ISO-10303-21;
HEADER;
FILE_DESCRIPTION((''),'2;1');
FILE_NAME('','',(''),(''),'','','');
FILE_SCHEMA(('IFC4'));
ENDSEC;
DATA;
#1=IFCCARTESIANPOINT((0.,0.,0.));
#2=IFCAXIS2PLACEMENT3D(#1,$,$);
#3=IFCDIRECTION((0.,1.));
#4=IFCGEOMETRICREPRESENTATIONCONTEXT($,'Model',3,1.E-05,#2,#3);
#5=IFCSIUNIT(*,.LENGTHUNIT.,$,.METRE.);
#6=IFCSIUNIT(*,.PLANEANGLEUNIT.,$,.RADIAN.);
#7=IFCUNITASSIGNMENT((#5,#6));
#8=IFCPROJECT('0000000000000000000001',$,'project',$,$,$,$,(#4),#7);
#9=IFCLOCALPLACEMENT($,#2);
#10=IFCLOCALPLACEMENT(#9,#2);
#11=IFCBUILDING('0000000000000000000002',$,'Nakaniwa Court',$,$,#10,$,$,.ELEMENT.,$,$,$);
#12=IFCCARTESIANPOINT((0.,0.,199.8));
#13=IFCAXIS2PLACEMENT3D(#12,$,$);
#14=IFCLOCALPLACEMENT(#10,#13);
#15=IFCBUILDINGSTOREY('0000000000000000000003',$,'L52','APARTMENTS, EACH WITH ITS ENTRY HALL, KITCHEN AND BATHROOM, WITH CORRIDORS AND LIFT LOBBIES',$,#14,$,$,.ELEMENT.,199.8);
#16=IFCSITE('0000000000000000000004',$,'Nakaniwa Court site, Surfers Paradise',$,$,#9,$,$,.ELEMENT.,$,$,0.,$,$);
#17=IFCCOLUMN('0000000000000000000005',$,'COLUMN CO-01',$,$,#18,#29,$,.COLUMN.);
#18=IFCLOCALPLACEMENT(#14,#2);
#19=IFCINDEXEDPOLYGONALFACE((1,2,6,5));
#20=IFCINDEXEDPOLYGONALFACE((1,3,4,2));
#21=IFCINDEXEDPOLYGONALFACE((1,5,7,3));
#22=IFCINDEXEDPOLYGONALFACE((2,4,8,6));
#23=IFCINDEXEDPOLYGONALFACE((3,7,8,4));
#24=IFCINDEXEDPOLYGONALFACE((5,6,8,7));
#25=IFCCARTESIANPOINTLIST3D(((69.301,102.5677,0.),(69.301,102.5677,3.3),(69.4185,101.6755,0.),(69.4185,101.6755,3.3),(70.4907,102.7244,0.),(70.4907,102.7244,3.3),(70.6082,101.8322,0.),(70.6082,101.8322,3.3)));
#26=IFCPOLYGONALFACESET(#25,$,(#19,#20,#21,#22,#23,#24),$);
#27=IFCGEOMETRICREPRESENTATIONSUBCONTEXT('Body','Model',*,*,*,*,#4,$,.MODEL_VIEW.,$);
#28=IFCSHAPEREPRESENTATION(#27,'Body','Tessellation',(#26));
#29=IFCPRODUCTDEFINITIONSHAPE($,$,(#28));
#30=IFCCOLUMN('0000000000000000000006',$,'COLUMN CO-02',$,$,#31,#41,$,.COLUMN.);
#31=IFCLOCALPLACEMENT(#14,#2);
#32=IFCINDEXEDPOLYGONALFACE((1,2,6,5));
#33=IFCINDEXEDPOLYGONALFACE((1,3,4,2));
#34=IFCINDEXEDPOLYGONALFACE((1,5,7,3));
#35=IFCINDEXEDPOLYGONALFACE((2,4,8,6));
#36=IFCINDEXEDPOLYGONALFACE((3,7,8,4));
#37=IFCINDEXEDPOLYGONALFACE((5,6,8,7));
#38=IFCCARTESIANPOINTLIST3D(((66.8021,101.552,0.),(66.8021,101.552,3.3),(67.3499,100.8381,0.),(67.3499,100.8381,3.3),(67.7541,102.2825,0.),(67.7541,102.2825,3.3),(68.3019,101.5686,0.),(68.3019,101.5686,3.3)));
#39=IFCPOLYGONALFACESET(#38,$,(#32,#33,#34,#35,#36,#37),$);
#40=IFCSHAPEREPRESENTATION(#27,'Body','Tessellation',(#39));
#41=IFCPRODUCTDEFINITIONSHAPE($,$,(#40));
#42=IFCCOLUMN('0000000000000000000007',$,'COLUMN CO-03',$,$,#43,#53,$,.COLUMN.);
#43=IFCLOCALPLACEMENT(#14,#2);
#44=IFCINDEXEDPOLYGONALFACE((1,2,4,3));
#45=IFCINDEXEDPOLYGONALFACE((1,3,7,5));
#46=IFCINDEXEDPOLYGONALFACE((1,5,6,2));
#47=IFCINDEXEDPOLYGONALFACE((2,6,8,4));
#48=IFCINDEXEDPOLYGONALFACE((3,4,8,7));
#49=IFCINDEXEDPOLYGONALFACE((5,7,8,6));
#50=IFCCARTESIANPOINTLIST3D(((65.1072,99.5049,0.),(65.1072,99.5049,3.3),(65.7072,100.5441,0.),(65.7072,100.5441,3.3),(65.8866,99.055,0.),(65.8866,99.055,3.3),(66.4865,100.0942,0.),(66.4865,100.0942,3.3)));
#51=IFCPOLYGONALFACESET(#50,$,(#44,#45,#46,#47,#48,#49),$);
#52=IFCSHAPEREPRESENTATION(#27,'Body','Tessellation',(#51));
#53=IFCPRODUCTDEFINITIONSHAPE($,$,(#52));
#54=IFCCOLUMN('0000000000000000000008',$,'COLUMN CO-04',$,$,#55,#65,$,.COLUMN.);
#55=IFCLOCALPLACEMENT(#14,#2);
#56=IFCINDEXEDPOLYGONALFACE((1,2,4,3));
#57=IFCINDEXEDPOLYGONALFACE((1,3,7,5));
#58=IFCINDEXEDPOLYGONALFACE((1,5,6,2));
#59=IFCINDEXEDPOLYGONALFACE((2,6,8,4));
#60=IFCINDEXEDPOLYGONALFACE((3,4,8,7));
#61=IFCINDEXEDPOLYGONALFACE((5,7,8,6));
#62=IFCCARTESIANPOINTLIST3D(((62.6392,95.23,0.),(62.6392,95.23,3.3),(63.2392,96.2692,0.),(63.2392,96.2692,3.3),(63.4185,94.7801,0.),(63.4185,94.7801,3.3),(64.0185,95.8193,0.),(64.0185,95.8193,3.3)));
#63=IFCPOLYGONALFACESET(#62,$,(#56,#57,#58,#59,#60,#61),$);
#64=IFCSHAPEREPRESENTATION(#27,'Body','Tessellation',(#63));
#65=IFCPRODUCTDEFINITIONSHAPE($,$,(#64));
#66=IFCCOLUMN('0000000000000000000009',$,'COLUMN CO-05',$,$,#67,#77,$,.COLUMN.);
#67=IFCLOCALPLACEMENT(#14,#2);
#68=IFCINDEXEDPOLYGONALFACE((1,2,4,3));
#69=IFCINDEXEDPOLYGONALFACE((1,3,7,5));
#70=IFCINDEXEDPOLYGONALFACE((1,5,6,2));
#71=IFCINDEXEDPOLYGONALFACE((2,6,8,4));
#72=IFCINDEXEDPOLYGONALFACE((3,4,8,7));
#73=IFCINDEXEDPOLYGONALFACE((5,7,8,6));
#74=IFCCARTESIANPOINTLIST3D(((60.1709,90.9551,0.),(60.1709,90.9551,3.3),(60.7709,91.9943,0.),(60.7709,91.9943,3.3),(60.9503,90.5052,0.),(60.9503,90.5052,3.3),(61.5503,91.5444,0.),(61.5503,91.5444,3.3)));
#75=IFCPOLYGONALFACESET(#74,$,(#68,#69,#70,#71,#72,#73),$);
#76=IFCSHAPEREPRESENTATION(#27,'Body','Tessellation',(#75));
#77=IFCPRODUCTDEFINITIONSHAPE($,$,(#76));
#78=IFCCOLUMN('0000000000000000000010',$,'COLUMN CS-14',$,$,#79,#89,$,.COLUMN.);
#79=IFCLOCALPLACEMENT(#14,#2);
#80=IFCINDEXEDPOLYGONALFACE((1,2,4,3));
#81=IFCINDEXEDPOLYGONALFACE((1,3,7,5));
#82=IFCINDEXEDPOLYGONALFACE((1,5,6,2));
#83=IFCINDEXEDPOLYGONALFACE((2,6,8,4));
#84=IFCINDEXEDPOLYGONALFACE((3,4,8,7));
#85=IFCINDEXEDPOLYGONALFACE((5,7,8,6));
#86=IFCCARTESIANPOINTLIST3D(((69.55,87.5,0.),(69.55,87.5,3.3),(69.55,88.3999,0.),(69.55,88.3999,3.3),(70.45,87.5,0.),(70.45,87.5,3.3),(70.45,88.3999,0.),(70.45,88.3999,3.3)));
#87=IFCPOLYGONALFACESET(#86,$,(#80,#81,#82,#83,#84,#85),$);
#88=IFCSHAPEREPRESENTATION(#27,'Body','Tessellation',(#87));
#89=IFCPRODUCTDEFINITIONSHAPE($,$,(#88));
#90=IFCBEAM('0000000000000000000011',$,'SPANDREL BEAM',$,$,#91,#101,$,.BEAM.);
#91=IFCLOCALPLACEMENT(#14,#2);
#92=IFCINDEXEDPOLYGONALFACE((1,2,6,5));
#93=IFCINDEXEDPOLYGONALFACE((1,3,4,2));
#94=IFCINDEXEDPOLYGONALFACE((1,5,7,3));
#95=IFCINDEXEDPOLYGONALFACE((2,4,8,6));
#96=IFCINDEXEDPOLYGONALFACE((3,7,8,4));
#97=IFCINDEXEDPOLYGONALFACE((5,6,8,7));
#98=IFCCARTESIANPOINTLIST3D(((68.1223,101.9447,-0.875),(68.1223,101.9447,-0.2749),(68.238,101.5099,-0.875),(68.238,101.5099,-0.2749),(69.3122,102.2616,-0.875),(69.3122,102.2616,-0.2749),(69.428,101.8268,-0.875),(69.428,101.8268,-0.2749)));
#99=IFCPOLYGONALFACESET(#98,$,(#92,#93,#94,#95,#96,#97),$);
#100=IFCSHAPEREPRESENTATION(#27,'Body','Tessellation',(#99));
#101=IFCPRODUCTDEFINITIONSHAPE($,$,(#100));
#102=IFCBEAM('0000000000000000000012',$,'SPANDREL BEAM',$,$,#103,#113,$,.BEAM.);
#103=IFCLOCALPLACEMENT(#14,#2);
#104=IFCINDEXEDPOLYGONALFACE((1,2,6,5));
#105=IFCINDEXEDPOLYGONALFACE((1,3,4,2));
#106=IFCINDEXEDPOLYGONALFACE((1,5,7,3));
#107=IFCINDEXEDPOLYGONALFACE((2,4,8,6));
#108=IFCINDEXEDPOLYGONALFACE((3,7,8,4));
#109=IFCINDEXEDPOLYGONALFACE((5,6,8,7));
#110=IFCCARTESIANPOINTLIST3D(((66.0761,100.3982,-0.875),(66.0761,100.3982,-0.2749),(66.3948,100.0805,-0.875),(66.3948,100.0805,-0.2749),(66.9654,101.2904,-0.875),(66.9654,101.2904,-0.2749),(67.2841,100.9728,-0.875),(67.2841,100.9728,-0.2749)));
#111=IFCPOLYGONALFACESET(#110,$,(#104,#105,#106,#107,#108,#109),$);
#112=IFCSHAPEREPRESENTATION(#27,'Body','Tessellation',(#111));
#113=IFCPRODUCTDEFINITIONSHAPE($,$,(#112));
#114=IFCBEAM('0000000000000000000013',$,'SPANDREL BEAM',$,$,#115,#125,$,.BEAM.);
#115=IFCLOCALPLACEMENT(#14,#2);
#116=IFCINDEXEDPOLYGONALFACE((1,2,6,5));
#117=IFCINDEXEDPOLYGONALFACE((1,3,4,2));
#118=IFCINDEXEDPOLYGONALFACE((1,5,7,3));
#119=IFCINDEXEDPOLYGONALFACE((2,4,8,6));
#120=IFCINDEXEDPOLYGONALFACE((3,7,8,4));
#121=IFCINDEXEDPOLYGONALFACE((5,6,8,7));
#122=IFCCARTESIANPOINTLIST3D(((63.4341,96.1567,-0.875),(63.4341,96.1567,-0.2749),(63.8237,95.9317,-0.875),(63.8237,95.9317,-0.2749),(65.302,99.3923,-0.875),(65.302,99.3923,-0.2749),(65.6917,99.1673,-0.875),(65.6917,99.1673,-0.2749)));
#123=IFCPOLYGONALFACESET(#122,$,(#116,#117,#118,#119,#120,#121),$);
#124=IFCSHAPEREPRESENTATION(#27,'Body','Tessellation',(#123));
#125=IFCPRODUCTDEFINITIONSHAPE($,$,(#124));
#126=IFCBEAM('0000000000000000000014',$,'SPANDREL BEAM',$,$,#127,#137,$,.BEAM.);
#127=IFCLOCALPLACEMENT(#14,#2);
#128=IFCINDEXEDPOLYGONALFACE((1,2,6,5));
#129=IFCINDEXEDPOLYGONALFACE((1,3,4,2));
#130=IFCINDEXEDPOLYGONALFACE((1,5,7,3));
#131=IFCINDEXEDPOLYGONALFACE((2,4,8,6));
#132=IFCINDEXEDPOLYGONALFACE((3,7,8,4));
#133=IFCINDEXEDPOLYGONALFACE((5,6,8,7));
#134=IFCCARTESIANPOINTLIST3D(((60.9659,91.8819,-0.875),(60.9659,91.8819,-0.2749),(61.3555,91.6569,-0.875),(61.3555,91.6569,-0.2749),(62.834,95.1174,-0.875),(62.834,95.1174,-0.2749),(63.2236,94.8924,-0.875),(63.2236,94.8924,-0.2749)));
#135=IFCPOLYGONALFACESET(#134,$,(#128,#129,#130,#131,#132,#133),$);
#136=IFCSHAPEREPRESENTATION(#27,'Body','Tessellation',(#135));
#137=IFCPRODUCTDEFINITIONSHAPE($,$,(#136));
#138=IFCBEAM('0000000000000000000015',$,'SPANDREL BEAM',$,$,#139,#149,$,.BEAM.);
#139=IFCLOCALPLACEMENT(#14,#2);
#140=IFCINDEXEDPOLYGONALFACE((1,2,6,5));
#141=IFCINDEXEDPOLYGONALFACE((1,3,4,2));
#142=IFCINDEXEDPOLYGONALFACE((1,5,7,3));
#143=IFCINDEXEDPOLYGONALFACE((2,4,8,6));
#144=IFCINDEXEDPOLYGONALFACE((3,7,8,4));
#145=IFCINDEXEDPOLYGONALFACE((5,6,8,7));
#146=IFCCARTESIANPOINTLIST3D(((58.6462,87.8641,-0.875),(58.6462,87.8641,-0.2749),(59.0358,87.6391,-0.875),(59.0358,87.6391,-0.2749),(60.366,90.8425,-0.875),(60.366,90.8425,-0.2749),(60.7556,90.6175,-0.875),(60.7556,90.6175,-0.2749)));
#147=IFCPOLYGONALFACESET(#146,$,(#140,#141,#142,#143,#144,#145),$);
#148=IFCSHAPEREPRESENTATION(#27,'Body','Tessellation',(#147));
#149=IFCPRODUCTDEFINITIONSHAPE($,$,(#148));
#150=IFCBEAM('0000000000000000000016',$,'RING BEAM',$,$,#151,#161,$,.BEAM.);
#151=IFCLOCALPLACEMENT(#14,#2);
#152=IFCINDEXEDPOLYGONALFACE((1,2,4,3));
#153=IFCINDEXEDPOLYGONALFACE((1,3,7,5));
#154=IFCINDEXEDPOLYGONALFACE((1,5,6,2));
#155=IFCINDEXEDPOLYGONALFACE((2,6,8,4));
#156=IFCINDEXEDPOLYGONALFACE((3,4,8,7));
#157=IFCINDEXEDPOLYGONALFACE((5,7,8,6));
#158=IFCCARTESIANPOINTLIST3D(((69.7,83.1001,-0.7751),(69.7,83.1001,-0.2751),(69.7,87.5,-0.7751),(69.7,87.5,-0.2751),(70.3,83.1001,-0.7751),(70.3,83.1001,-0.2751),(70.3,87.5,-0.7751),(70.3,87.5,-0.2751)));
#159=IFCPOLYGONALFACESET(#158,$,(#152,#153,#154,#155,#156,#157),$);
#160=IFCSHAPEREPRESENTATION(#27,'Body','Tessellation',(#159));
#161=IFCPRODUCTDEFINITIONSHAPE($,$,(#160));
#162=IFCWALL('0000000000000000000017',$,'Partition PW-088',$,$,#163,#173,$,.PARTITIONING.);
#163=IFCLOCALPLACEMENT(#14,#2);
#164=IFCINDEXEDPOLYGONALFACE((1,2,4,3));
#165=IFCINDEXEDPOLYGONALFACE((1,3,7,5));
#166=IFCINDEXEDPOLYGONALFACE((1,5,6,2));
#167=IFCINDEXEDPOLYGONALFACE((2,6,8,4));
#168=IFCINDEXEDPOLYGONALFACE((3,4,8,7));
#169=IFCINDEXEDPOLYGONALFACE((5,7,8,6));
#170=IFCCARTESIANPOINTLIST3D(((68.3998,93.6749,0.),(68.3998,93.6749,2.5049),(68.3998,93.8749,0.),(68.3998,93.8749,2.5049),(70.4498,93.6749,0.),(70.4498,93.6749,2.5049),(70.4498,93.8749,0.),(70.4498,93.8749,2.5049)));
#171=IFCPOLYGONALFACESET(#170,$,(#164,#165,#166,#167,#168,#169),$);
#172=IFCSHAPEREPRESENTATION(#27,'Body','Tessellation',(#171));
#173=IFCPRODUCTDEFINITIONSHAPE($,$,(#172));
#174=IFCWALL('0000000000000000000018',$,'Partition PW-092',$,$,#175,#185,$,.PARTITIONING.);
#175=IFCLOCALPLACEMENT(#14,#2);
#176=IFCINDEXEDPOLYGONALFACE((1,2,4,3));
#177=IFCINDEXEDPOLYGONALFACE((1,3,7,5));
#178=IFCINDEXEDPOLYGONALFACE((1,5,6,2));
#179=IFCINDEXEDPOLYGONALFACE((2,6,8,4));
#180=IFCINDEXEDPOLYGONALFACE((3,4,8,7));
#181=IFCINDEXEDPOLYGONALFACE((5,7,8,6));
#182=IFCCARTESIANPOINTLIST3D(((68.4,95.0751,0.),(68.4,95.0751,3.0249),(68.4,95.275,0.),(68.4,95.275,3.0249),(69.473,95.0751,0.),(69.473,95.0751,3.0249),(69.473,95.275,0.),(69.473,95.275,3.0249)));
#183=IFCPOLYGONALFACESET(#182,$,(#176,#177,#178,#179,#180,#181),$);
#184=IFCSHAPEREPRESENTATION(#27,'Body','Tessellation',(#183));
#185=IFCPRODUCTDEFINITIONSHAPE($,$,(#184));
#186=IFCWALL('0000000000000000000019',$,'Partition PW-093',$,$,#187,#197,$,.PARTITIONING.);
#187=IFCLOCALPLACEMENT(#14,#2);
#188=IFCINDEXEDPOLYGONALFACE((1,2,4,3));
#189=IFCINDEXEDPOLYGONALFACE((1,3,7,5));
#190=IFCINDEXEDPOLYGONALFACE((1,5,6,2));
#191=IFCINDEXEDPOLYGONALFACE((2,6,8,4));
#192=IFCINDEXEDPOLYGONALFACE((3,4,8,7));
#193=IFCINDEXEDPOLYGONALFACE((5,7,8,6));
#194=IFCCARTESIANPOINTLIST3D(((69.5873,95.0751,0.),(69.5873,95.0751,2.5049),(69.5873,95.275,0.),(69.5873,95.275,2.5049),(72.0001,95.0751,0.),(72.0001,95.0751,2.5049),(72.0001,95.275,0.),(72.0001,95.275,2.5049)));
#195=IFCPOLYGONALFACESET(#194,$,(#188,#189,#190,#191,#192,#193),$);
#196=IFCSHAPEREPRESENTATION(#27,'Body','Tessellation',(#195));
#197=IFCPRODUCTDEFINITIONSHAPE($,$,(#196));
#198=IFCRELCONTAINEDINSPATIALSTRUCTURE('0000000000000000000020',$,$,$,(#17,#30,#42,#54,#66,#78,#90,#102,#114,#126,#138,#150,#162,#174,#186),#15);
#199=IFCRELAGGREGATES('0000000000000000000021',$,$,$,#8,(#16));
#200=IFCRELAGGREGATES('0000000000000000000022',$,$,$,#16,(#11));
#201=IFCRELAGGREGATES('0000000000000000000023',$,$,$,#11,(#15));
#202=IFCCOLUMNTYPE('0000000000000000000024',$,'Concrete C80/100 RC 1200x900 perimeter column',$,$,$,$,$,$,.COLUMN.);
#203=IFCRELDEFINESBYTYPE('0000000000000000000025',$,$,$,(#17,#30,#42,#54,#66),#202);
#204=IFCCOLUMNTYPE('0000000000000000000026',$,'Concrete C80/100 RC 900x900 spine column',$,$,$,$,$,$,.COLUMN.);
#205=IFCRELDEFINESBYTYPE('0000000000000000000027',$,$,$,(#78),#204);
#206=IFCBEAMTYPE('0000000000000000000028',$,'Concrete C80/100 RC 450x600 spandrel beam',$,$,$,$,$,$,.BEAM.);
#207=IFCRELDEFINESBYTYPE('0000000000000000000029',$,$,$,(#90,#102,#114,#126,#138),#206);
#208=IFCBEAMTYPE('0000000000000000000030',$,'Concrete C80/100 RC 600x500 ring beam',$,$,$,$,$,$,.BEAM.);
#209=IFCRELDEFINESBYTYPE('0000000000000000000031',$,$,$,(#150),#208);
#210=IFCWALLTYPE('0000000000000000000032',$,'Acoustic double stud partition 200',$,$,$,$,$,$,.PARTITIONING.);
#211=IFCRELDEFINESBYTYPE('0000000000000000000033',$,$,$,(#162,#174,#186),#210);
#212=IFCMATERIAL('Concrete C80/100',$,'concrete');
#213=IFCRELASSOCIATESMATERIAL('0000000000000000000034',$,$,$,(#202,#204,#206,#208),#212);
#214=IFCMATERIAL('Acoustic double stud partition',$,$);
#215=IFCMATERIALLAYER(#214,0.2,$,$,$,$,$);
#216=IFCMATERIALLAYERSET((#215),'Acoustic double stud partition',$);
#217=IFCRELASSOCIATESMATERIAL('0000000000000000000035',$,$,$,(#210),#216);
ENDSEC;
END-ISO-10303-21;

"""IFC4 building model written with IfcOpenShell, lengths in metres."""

from ifc_helpers import new_model, si_unit, direction, frame, frame_2d, origin, origin_2d, place, context, subcontext, project, spatial, rectangle, extrude, material, layer, layer_set, material_profile, profile_set, type_object, element, save


model = new_model("IFC4")

# Units and contexts
model_context = context("Model", 3, precision=1e-05, world=origin(), true_north=direction((0.0, 1.0)))
body_context = subcontext(model_context, "Body", "Model", "MODEL_VIEW")
ifc_project = project(units=[si_unit("LENGTHUNIT", "METRE"), si_unit("PLANEANGLEUNIT", "RADIAN")], contexts=[model_context])

# Site, building, storey
site_placement = place(None, origin())
site = spatial("IfcSite", under=ifc_project, at=site_placement, Name="Nakaniwa Court site, Surfers Paradise", CompositionType="ELEMENT", RefElevation=0.0)
building_placement = place(site_placement, origin())
building = spatial("IfcBuilding", under=site, at=building_placement, Name="Nakaniwa Court", CompositionType="ELEMENT")
storey_placement = place(building_placement, frame((0.0, 0.0, 199.8)))
storey = spatial("IfcBuildingStorey", under=building, at=storey_placement, Name="L52", Description="APARTMENTS, EACH WITH ITS ENTRY HALL, KITCHEN AND BATHROOM, WITH CORRIDORS AND LIFT LOBBIES", CompositionType="ELEMENT", Elevation=199.8)

# Columns
ifc_material_1 = material(Name="Concrete C80/100", Category="concrete")
ifc_material_profile_1 = material_profile(ifc_material_1, rectangle(XDim=1.2, YDim=0.8999, at=origin_2d()), Name="Concrete C80/100 RC 1200x900 perimeter column")
ifc_profile_set_1 = profile_set([ifc_material_profile_1], Name="Concrete C80/100")
column_type_1 = type_object("IfcColumnType", Name="Concrete C80/100 RC 1200x900 perimeter column", PredefinedType="COLUMN", material=ifc_profile_set_1)
for number, where, z_axis, x_axis, name in (
    (1, (69.9546, 102.2, 0.0), (0.0, 0.0, 1.0), (-0.991443, -0.130543, 0.0), "COLUMN CO-01"),
    (2, (67.552, 101.5603, 0.0), (0.0, 0.0, 1.0), (-0.793364, -0.608748, 0.0), "COLUMN CO-02"),
    (3, (65.7969, 99.7996, 0.0), (0.0, 0.0, 1.0), (-0.5, -0.866025, 0.0), "COLUMN CO-03"),
    (4, (63.3289, 95.5247, 0.0), (0.0, 0.0, 1.0), (-0.5, -0.866025, 0.0), "COLUMN CO-04"),
    (5, (60.8606, 91.2498, 0.0), (0.0, 0.0, 1.0), (-0.5, -0.866025, 0.0), "COLUMN CO-05"),
):
    element("IfcColumn", number, at=place(storey_placement, frame(where, z_axis=z_axis, x_axis=x_axis)), inside=storey, type_object=column_type_1, Name=name, PredefinedType="COLUMN", context=body_context, shape_type="SweptSolid", body=[
        extrude(rectangle(XDim=1.2, YDim=0.8999, at=origin_2d()), origin(), (0.0, 0.0, 1.0), 3.3),
    ])
ifc_material_profile_2 = material_profile(ifc_material_1, rectangle(XDim=0.8999, YDim=0.8999, at=origin_2d()), Name="Concrete C80/100 RC 900x900 spine column")
ifc_profile_set_2 = profile_set([ifc_material_profile_2], Name="Concrete C80/100")
column_type_2 = type_object("IfcColumnType", Name="Concrete C80/100 RC 900x900 spine column", PredefinedType="COLUMN", material=ifc_profile_set_2)
column_placement = place(storey_placement, frame((70.0, 87.95, 0.0), z_axis=(0.0, 0.0, 1.0), x_axis=(0.0, -1.0, 0.0)))
element("IfcColumn", 6, at=column_placement, inside=storey, type_object=column_type_2, Name="COLUMN CS-14", PredefinedType="COLUMN", context=body_context, shape_type="SweptSolid", body=[
    extrude(rectangle(XDim=0.8999, YDim=0.8999, at=origin_2d()), origin(), (0.0, 0.0, 1.0), 3.3),
])

# Beams
ifc_material_profile_3 = material_profile(ifc_material_1, rectangle(XDim=0.45, YDim=0.6001, at=origin_2d()), Name="Concrete C80/100 RC 450x600 spandrel beam")
ifc_profile_set_3 = profile_set([ifc_material_profile_3], Name="Concrete C80/100")
beam_type_1 = type_object("IfcBeamType", Name="Concrete C80/100 RC 450x600 spandrel beam", PredefinedType="BEAM", material=ifc_profile_set_3)
beam_1_placement = place(storey_placement, frame((69.3701, 102.0442, -0.575), z_axis=(-0.96632, -0.257342, 0.0), x_axis=(0.257342, -0.96632, 0.0)))
element("IfcBeam", 7, at=beam_1_placement, inside=storey, type_object=beam_type_1, Name="SPANDREL BEAM", PredefinedType="BEAM", context=body_context, shape_type="SweptSolid", body=[
    extrude(rectangle(XDim=0.45, YDim=0.6001, at=origin_2d()), origin(), (0.0, 0.0, 1.0), 1.2314),
])
beam_2_placement = place(storey_placement, frame((67.1248, 101.1316, -0.575), z_axis=(-0.705943, -0.708269, 0.0), x_axis=(0.708269, -0.705943, 0.0)))
element("IfcBeam", 8, at=beam_2_placement, inside=storey, type_object=beam_type_1, Name="SPANDREL BEAM", PredefinedType="BEAM", context=body_context, shape_type="SweptSolid", body=[
    extrude(rectangle(XDim=0.45, YDim=0.6001, at=origin_2d()), origin(), (0.0, 0.0, 1.0), 1.2598),
])
for number, where, z_axis, x_axis, name in (
    (9, (65.4968, 99.2798, -0.575), (-0.499969, -0.866043, 0.0), (0.866043, -0.499969, 0.0), "SPANDREL BEAM"),
    (10, (63.0288, 95.0049, -0.575), (-0.500018, -0.866015, 0.0), (0.866015, -0.500018, 0.0), "SPANDREL BEAM"),
):
    element("IfcBeam", number, at=place(storey_placement, frame(where, z_axis=z_axis, x_axis=x_axis)), inside=storey, type_object=beam_type_1, Name=name, PredefinedType="BEAM", context=body_context, shape_type="SweptSolid", body=[
        extrude(rectangle(XDim=0.45, YDim=0.6001, at=origin_2d()), origin(), (0.0, 0.0, 1.0), 3.7361),
    ])
beam_3_placement = place(storey_placement, frame((60.5608, 90.73, -0.575), z_axis=(-0.500048, -0.865998, 0.0), x_axis=(0.865998, -0.500048, 0.0)))
element("IfcBeam", 11, at=beam_3_placement, inside=storey, type_object=beam_type_1, Name="SPANDREL BEAM", PredefinedType="BEAM", context=body_context, shape_type="SweptSolid", body=[
    extrude(rectangle(XDim=0.45, YDim=0.6001, at=origin_2d()), origin(), (0.0, 0.0, 1.0), 3.4392),
])
ifc_material_profile_4 = material_profile(ifc_material_1, rectangle(XDim=0.6001, YDim=0.5, at=origin_2d()), Name="Concrete C80/100 RC 600x500 ring beam")
ifc_profile_set_4 = profile_set([ifc_material_profile_4], Name="Concrete C80/100")
beam_type_2 = type_object("IfcBeamType", Name="Concrete C80/100 RC 600x500 ring beam", PredefinedType="BEAM", material=ifc_profile_set_4)
beam_4_placement = place(storey_placement, frame((70.0, 87.5, -0.5251), z_axis=(0.0, -1.0, 0.0), x_axis=(1.0, 0.0, 0.0)))
element("IfcBeam", 12, at=beam_4_placement, inside=storey, type_object=beam_type_2, Name="RING BEAM", PredefinedType="BEAM", context=body_context, shape_type="SweptSolid", body=[
    extrude(rectangle(XDim=0.6001, YDim=0.5, at=origin_2d()), origin(), (0.0, 0.0, 1.0), 4.3999),
])

# Walls
ifc_material_2 = material(Name="Acoustic double stud partition")
ifc_layer_1 = layer(ifc_material_2, 0.2)
ifc_layer_set_1 = layer_set([ifc_layer_1], Name="Acoustic double stud partition")
wall_type_1 = type_object("IfcWallType", Name="Acoustic double stud partition 200", PredefinedType="PARTITIONING", material=ifc_layer_set_1)
wall_1_placement = place(storey_placement, frame((68.3999, 93.7749, 0.0), z_axis=(0.0, 0.0, 1.0), x_axis=(1.0, 0.0, 0.0)))
element("IfcWall", 13, at=wall_1_placement, inside=storey, type_object=wall_type_1, Name="Partition PW-088", PredefinedType="PARTITIONING", context=body_context, shape_type="SweptSolid", body=[
    extrude(rectangle(XDim=2.05, YDim=0.2, at=frame_2d((1.0249, 0.0))), origin(), (0.0, 0.0, 1.0), 2.5049),
])
wall_2_placement = place(storey_placement, frame((68.3999, 95.175, 0.0), z_axis=(0.0, 0.0, 1.0), x_axis=(1.0, 0.0, 0.0)))
element("IfcWall", 14, at=wall_2_placement, inside=storey, type_object=wall_type_1, Name="Partition PW-092", PredefinedType="PARTITIONING", context=body_context, shape_type="SweptSolid", body=[
    extrude(rectangle(XDim=1.073, YDim=0.2, at=frame_2d((0.5366, 0.0))), origin(), (0.0, 0.0, 1.0), 3.0249),
])
wall_3_placement = place(storey_placement, frame((69.5872, 95.175, 0.0), z_axis=(0.0, 0.0, 1.0), x_axis=(1.0, 0.0, 0.0)))
element("IfcWall", 15, at=wall_3_placement, inside=storey, type_object=wall_type_1, Name="Partition PW-093", PredefinedType="PARTITIONING", context=body_context, shape_type="SweptSolid", body=[
    extrude(rectangle(XDim=2.4128, YDim=0.2, at=frame_2d((1.2065, 0.0))), origin(), (0.0, 0.0, 1.0), 2.5049),
])

save(model, "model.ifc")
